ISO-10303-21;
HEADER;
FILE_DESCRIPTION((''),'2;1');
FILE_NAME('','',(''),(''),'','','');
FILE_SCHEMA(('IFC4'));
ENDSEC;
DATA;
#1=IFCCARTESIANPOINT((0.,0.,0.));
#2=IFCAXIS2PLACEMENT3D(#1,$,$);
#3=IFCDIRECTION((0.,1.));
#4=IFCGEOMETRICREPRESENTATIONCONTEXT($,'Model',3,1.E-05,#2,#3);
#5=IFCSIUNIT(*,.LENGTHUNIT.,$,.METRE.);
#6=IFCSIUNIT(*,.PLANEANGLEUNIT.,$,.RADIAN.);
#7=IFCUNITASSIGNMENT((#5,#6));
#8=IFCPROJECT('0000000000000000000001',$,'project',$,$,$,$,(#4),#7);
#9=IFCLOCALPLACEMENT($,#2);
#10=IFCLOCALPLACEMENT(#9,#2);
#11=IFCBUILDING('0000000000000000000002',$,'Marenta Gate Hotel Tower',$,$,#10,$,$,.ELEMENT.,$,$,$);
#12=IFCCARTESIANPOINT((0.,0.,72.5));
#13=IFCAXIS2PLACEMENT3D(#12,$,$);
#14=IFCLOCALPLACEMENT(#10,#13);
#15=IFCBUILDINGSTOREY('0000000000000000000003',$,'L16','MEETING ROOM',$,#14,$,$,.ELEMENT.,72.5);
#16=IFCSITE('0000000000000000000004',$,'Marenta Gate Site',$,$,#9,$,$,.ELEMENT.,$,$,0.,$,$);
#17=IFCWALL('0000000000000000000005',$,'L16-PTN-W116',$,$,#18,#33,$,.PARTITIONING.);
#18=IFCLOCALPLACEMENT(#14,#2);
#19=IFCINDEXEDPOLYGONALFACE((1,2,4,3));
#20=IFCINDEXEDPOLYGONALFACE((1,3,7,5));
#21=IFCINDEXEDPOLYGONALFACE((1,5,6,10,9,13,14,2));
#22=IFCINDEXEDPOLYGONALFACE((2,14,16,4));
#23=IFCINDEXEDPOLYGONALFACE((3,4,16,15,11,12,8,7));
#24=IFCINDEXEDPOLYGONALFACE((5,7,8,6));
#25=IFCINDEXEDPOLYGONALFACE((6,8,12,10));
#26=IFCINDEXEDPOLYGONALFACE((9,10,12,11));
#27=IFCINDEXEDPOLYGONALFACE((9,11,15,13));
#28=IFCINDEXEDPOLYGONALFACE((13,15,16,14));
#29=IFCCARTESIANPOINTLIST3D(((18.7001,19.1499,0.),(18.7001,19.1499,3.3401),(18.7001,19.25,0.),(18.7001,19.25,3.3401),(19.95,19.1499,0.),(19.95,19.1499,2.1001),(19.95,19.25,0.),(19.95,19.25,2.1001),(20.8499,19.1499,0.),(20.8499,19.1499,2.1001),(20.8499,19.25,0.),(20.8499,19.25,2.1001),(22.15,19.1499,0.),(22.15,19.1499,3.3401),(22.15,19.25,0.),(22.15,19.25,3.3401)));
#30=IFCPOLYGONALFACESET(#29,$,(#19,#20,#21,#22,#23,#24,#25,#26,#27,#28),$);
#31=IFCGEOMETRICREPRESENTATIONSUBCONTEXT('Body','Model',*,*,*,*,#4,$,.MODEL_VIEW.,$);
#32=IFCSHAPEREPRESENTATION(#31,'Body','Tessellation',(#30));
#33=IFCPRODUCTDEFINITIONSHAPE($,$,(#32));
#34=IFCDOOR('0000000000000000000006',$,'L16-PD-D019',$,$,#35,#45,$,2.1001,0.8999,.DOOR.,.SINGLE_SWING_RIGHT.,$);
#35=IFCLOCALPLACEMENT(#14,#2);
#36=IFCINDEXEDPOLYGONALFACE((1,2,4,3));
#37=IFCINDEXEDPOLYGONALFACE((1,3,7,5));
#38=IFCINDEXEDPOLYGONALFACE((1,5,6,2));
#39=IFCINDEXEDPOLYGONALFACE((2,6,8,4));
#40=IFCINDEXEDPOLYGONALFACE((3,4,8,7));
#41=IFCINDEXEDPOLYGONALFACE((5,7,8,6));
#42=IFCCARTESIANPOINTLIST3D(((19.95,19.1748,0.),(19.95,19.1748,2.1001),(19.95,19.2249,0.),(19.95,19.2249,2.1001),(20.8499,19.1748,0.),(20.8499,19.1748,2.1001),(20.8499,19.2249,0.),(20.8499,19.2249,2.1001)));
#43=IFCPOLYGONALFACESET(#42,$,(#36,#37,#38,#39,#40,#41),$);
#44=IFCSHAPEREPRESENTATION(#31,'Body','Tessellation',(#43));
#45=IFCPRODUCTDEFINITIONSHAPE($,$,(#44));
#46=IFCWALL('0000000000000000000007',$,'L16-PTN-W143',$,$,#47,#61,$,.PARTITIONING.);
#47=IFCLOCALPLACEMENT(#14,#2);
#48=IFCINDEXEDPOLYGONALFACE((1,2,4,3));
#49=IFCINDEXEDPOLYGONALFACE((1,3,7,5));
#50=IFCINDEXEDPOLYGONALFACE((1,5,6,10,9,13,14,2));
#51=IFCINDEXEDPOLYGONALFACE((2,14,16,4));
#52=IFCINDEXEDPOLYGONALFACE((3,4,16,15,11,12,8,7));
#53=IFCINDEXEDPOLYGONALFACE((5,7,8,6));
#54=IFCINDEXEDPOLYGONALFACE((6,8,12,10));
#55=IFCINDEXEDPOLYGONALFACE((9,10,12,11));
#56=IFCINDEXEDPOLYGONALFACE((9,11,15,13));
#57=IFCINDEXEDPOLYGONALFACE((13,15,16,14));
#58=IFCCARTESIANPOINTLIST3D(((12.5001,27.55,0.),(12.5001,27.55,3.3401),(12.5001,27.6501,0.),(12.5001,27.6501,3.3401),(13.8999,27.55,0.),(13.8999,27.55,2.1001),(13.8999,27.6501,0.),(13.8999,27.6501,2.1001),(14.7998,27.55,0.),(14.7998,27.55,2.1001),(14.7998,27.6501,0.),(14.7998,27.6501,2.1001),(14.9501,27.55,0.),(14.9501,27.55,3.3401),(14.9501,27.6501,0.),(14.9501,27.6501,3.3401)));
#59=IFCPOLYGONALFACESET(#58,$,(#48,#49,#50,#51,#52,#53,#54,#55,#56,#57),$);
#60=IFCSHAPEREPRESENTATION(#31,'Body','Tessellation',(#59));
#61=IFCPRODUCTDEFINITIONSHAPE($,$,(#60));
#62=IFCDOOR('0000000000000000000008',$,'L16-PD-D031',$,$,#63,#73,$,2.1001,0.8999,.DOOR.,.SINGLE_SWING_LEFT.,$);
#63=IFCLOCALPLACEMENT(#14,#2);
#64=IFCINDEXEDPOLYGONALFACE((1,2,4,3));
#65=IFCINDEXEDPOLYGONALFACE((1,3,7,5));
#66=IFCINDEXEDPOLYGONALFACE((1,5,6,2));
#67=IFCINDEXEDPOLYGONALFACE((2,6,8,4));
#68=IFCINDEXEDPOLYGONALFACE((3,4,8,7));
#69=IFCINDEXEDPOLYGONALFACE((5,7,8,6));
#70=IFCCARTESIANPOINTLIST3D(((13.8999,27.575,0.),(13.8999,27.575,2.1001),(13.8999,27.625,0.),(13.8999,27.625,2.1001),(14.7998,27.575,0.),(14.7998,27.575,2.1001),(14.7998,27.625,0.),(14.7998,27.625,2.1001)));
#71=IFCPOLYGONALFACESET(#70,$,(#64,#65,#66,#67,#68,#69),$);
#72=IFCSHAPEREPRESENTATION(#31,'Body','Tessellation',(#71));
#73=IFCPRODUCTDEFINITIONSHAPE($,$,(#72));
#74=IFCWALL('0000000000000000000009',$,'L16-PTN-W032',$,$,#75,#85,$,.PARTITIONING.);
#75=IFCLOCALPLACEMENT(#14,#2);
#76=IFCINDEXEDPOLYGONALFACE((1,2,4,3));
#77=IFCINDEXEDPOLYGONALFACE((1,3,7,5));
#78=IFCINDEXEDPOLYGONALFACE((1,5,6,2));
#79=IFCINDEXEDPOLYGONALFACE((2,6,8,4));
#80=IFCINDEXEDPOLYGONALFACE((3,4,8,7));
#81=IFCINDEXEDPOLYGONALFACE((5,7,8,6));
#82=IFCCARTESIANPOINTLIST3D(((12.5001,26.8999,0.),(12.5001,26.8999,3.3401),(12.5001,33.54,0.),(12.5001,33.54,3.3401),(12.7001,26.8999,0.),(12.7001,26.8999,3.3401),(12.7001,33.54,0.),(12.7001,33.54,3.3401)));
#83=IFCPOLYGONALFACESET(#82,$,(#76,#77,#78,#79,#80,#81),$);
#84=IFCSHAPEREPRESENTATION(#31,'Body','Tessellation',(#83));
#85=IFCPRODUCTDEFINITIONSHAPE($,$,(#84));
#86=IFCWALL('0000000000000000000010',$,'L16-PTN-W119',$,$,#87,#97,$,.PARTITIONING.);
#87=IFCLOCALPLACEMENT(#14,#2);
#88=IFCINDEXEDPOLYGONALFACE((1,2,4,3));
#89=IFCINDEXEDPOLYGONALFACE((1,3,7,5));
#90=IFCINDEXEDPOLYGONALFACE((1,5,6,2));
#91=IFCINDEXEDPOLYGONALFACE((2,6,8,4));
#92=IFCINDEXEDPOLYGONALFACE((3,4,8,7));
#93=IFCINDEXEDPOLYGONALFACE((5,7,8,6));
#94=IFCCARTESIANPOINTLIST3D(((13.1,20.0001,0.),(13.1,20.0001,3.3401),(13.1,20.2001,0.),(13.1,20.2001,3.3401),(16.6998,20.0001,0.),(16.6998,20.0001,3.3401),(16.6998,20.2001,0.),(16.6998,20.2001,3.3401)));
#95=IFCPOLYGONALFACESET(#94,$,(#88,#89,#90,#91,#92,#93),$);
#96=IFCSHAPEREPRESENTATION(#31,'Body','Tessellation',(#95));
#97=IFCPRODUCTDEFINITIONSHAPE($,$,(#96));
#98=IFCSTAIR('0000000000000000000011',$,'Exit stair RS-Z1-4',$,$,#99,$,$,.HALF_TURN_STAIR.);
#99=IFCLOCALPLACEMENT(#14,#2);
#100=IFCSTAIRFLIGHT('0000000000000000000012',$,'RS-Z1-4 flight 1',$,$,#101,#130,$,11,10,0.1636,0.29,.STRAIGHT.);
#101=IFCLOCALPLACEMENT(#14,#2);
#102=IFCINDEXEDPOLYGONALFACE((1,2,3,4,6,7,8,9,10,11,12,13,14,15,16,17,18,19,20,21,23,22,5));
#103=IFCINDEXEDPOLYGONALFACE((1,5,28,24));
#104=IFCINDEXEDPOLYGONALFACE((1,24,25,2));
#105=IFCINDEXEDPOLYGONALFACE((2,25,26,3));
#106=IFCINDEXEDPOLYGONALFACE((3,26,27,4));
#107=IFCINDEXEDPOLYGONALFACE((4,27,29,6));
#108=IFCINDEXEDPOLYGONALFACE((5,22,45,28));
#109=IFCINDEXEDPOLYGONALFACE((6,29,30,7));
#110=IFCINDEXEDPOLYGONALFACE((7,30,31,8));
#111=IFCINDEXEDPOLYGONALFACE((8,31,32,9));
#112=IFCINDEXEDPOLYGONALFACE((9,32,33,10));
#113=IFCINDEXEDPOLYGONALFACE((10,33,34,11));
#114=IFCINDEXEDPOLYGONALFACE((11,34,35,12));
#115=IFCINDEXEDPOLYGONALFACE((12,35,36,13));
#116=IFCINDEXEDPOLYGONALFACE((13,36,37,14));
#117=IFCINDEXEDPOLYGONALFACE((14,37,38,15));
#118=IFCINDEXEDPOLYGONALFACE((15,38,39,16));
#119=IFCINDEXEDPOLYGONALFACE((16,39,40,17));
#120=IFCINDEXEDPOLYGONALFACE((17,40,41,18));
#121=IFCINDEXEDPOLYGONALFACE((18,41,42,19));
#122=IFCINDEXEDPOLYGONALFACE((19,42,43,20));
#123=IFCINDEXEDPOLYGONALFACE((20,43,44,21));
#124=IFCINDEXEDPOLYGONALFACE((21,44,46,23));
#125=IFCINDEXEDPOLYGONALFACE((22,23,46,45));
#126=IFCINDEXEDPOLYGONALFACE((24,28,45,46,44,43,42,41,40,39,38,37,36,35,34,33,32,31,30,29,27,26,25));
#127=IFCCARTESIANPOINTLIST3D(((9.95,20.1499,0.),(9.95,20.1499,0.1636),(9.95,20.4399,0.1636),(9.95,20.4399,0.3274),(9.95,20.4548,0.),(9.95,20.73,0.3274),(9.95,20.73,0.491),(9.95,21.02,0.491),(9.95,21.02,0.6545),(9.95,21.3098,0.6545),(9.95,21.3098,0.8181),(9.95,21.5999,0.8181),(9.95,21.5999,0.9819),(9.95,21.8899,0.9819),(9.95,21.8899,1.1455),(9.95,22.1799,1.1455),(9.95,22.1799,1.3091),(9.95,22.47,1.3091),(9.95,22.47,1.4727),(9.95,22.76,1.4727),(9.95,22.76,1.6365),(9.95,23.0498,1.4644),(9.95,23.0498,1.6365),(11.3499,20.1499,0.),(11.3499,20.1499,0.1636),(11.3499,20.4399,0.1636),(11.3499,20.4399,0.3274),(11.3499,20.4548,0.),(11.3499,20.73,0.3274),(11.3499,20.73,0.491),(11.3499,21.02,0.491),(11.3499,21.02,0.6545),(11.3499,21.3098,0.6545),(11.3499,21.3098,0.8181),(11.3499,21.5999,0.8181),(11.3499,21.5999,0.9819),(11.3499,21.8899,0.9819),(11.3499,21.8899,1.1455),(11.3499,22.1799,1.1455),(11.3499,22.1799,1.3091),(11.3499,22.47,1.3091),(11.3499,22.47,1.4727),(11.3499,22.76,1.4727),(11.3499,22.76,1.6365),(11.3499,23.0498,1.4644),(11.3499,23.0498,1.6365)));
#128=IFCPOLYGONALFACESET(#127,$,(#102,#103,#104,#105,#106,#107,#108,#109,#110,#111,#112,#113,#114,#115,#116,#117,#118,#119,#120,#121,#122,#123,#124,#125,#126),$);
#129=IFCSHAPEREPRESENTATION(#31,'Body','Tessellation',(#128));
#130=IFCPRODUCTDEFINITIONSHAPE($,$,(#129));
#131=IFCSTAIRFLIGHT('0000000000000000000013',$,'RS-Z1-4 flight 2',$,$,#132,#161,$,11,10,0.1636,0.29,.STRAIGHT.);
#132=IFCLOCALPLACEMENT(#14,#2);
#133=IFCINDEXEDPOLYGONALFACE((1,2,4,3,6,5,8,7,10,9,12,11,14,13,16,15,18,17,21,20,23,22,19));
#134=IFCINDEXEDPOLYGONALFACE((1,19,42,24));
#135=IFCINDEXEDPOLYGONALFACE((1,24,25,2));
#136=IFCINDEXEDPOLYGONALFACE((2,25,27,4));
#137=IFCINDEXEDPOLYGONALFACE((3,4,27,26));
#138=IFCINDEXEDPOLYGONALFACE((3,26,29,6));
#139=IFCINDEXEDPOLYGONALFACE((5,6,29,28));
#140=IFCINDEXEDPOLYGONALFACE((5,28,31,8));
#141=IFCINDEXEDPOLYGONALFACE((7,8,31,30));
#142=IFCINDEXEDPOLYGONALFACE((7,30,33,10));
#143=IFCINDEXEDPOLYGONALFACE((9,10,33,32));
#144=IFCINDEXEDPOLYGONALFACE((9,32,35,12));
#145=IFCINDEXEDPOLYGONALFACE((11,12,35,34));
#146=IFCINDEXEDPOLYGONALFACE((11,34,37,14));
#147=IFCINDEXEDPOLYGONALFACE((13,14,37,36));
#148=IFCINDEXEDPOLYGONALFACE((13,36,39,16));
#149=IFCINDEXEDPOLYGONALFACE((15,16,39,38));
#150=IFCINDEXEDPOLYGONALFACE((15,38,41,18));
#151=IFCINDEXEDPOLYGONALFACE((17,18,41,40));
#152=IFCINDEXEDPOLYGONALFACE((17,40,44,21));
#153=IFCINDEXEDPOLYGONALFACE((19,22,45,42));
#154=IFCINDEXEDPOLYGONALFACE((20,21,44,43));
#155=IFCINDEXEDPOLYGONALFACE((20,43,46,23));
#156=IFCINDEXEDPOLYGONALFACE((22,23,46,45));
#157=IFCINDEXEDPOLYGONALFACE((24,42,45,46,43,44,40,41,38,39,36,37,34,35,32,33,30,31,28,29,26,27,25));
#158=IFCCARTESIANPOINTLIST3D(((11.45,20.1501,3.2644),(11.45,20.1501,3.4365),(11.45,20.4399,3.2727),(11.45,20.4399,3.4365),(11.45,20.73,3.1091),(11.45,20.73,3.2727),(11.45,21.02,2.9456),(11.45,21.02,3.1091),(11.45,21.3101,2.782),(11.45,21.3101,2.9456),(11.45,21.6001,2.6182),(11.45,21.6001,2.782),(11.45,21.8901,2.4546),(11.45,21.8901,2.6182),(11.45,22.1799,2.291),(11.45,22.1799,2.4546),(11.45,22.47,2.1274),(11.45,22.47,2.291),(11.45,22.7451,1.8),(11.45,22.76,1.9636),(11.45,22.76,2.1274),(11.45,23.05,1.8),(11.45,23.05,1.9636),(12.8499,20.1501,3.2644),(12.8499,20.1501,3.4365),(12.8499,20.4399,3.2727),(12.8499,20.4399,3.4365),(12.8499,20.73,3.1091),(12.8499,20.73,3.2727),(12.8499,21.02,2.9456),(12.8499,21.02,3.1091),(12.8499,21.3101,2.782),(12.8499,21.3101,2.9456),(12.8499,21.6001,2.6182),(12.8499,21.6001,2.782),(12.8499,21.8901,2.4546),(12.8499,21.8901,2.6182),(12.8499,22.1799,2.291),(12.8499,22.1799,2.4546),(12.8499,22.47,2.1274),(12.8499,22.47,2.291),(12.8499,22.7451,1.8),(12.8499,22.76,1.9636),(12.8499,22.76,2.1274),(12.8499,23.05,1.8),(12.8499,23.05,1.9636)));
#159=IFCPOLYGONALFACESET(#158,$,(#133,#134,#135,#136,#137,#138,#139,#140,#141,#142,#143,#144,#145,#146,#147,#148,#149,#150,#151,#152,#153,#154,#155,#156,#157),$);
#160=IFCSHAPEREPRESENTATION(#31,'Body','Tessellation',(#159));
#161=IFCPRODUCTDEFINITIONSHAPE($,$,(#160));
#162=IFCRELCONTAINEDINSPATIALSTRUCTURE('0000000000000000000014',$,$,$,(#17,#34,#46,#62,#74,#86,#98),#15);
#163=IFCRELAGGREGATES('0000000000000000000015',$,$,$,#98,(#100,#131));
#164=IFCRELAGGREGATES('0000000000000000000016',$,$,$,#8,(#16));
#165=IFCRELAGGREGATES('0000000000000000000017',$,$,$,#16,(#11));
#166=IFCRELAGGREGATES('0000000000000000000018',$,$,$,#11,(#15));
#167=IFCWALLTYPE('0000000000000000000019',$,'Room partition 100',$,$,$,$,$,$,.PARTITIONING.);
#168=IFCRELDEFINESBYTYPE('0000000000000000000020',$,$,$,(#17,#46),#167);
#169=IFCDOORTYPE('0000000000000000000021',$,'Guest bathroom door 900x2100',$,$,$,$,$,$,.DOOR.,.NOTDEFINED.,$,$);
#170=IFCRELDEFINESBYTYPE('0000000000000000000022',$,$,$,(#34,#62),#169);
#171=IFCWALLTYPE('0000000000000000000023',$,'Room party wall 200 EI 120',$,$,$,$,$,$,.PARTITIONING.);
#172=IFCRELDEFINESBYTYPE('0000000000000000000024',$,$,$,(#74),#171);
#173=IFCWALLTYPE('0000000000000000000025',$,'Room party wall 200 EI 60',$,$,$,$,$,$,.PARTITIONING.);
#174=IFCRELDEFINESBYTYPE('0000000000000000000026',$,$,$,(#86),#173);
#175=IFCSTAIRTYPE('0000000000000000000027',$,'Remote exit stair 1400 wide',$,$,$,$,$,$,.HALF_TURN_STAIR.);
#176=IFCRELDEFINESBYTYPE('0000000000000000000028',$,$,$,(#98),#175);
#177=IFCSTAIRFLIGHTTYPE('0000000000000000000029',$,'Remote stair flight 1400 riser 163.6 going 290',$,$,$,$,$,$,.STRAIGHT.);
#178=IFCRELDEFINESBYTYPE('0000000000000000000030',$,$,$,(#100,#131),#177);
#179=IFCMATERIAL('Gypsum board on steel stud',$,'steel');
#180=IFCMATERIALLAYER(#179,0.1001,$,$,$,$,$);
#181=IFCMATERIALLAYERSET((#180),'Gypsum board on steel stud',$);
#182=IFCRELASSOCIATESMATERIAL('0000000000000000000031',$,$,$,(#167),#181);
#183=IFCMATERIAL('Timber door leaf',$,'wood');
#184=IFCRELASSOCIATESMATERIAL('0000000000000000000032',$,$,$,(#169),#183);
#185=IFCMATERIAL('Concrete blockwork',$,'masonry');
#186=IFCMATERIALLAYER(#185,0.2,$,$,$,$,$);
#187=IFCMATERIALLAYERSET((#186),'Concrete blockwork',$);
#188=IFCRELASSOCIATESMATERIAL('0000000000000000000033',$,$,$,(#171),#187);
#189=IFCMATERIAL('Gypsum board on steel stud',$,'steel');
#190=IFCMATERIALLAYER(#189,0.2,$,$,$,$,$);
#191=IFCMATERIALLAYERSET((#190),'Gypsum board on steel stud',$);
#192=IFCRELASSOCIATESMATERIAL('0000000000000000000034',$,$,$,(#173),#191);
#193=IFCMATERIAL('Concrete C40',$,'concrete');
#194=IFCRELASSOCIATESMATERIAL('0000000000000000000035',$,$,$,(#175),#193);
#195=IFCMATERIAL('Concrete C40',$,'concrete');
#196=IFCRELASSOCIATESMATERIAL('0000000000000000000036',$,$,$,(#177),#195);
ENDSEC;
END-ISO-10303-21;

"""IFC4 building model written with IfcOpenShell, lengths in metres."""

from ifc_helpers import new_model, si_unit, direction, frame, frame_2d, origin, place, context, subcontext, project, spatial, polyline, rectangle, outline, extrude, material, layer, layer_set, type_object, element, fill, aggregate, save


model = new_model("IFC4")

# Units and contexts
model_context = context("Model", 3, precision=1e-05, world=origin(), true_north=direction((0.0, 1.0)))
body_context = subcontext(model_context, "Body", "Model", "MODEL_VIEW")
ifc_project = project(units=[si_unit("LENGTHUNIT", "METRE"), si_unit("PLANEANGLEUNIT", "RADIAN")], contexts=[model_context])

# Site, building, storey
site_placement = place(None, origin())
site = spatial("IfcSite", under=ifc_project, at=site_placement, Name="Marenta Gate Site", CompositionType="ELEMENT", RefElevation=0.0)
building_placement = place(site_placement, origin())
building = spatial("IfcBuilding", under=site, at=building_placement, Name="Marenta Gate Hotel Tower", CompositionType="ELEMENT")
storey_placement = place(building_placement, frame((0.0, 0.0, 72.5)))
storey = spatial("IfcBuildingStorey", under=building, at=storey_placement, Name="L16", Description="MEETING ROOM", CompositionType="ELEMENT", Elevation=72.5)

# Shared definitions
ifc_material_1 = material(Name="Gypsum board on steel stud", Category="steel")
ifc_layer_1 = layer(ifc_material_1, 0.1001)
ifc_layer_set_1 = layer_set([ifc_layer_1], Name="Gypsum board on steel stud")
wall_type_1 = type_object("IfcWallType", Name="Room partition 100", PredefinedType="PARTITIONING", material=ifc_layer_set_1)

# Walls, openings, doors
wall_1_placement = place(storey_placement, frame((18.7, 19.2, 0.0), z_axis=(0.0, 0.0, 1.0), x_axis=(1.0, 0.0, 0.0)))
wall_1 = element("IfcWall", 1, at=wall_1_placement, inside=storey, type_object=wall_type_1, Name="L16-PTN-W116", PredefinedType="PARTITIONING", context=body_context, shape_type="SweptSolid", body=[
    extrude(rectangle(XDim=3.45, YDim=0.1001, at=frame_2d((1.7251, 0.0))), origin(), (0.0, 0.0, 1.0), 3.3401),
])
opening_1_placement = place(wall_1_placement, frame((1.25, 0.0, 0.0)))
opening_1 = element("IfcOpeningElement", 2, at=opening_1_placement, cuts=wall_1, PredefinedType="OPENING", context=body_context, shape_type="SweptSolid", body=[
    extrude(rectangle(XDim=0.8999, YDim=2.1001, at=frame_2d((0.45, 1.05))), frame((0.0, 0.05, 0.0), z_axis=(0.0, -1.0, 0.0), x_axis=(1.0, 0.0, 0.0)), (0.0, 0.0, 1.0), 0.1001),
])
ifc_material_2 = material(Name="Timber door leaf", Category="wood")
door_type_1 = type_object("IfcDoorType", Name="Guest bathroom door 900x2100", OperationType="NOTDEFINED", PredefinedType="DOOR", material=ifc_material_2)
door_1_placement = place(opening_1_placement, origin())
door_1 = element("IfcDoor", 3, at=door_1_placement, inside=storey, type_object=door_type_1, Name="L16-PD-D019", OperationType="SINGLE_SWING_RIGHT", OverallHeight=2.1001, OverallWidth=0.8999, PredefinedType="DOOR", context=body_context, shape_type="SweptSolid", body=[
    extrude(rectangle(XDim=0.8999, YDim=2.1001, at=frame_2d((0.45, 1.05))), frame((0.0, 0.0249, 0.0), z_axis=(0.0, -1.0, 0.0), x_axis=(1.0, 0.0, 0.0)), (0.0, 0.0, 1.0), 0.05),
])
fill(opening_1, door_1)
wall_2_placement = place(storey_placement, frame((12.5, 27.6001, 0.0), z_axis=(0.0, 0.0, 1.0), x_axis=(1.0, 0.0, 0.0)))
wall_2 = element("IfcWall", 4, at=wall_2_placement, inside=storey, type_object=wall_type_1, Name="L16-PTN-W143", PredefinedType="PARTITIONING", context=body_context, shape_type="SweptSolid", body=[
    extrude(rectangle(XDim=2.45, YDim=0.1001, at=frame_2d((1.2251, 0.0))), origin(), (0.0, 0.0, 1.0), 3.3401),
])
opening_2_placement = place(wall_2_placement, frame((1.3999, 0.0, 0.0)))
opening_2 = element("IfcOpeningElement", 5, at=opening_2_placement, cuts=wall_2, PredefinedType="OPENING", context=body_context, shape_type="SweptSolid", body=[
    extrude(rectangle(XDim=0.8999, YDim=2.1001, at=frame_2d((0.45, 1.05))), frame((0.0, 0.05, 0.0), z_axis=(0.0, -1.0, 0.0), x_axis=(1.0, 0.0, 0.0)), (0.0, 0.0, 1.0), 0.1001),
])
door_2_placement = place(opening_2_placement, origin())
door_2 = element("IfcDoor", 6, at=door_2_placement, inside=storey, type_object=door_type_1, Name="L16-PD-D031", OperationType="SINGLE_SWING_LEFT", OverallHeight=2.1001, OverallWidth=0.8999, PredefinedType="DOOR", context=body_context, shape_type="SweptSolid", body=[
    extrude(rectangle(XDim=0.8999, YDim=2.1001, at=frame_2d((0.45, 1.05))), frame((0.0, 0.0249, 0.0), z_axis=(0.0, -1.0, 0.0), x_axis=(1.0, 0.0, 0.0)), (0.0, 0.0, 1.0), 0.05),
])
fill(opening_2, door_2)

# Walls
ifc_material_3 = material(Name="Concrete blockwork", Category="masonry")
ifc_layer_2 = layer(ifc_material_3, 0.2)
ifc_layer_set_2 = layer_set([ifc_layer_2], Name="Concrete blockwork")
wall_type_2 = type_object("IfcWallType", Name="Room party wall 200 EI 120", PredefinedType="PARTITIONING", material=ifc_layer_set_2)
wall_3_placement = place(storey_placement, frame((12.6001, 26.8999, 0.0), z_axis=(0.0, 0.0, 1.0), x_axis=(0.0, 1.0, 0.0)))
element("IfcWall", 7, at=wall_3_placement, inside=storey, type_object=wall_type_2, Name="L16-PTN-W032", PredefinedType="PARTITIONING", context=body_context, shape_type="SweptSolid", body=[
    extrude(rectangle(XDim=6.6401, YDim=0.2, at=frame_2d((3.3201, 0.0))), origin(), (0.0, 0.0, 1.0), 3.3401),
])
ifc_material_4 = material(Name="Gypsum board on steel stud", Category="steel")
ifc_layer_3 = layer(ifc_material_4, 0.2)
ifc_layer_set_3 = layer_set([ifc_layer_3], Name="Gypsum board on steel stud")
wall_type_3 = type_object("IfcWallType", Name="Room party wall 200 EI 60", PredefinedType="PARTITIONING", material=ifc_layer_set_3)
wall_4_placement = place(storey_placement, frame((13.1001, 20.1001, 0.0), z_axis=(0.0, 0.0, 1.0), x_axis=(1.0, 0.0, 0.0)))
element("IfcWall", 8, at=wall_4_placement, inside=storey, type_object=wall_type_3, Name="L16-PTN-W119", PredefinedType="PARTITIONING", context=body_context, shape_type="SweptSolid", body=[
    extrude(rectangle(XDim=3.5999, YDim=0.2, at=frame_2d((1.7998, 0.0))), origin(), (0.0, 0.0, 1.0), 3.3401),
])

# Stair, stair flights
ifc_material_5 = material(Name="Concrete C40", Category="concrete")
stair_type = type_object("IfcStairType", Name="Remote exit stair 1400 wide", PredefinedType="HALF_TURN_STAIR", material=ifc_material_5)
stair_placement = place(storey_placement, origin())
stair = element("IfcStair", 9, at=stair_placement, inside=storey, type_object=stair_type, Name="Exit stair RS-Z1-4", PredefinedType="HALF_TURN_STAIR")
ifc_material_6 = material(Name="Concrete C40", Category="concrete")
stair_flight_type = type_object("IfcStairFlightType", Name="Remote stair flight 1400 riser 163.6 going 290", PredefinedType="STRAIGHT", material=ifc_material_6)
stair_flight_1_placement = place(storey_placement, frame((10.6499, 20.1499, 0.0), z_axis=(0.0, 0.0, 1.0), x_axis=(0.0, 1.0, 0.0)))
stair_flight_1 = element("IfcStairFlight", 10, at=stair_flight_1_placement, type_object=stair_flight_type, Name="RS-Z1-4 flight 1", NumberOfRisers=11, NumberOfTreads=10, PredefinedType="STRAIGHT", RiserHeight=0.1636, TreadLength=0.29, context=body_context, shape_type="SweptSolid", body=[
    extrude(outline(polyline([(0.0, 0.0), (0.0, 0.1636), (0.29, 0.1636), (0.29, 0.3274), (0.5801, 0.3274), (0.5801, 0.491), (0.8701, 0.491), (0.8701, 0.6545), (1.1599, 0.6545), (1.1599, 0.8181), (1.45, 0.8181), (1.45, 0.9819), (1.74, 0.9819), (1.74, 1.1455), (2.03, 1.1455), (2.03, 1.3091), (2.3201, 1.3091), (2.3201, 1.4727), (2.6101, 1.4727), (2.6101, 1.6365), (2.8999, 1.6365), (2.8999, 1.8), (2.8999, 1.4644), (0.3049, 0.0), (0.0, 0.0)])), frame((0.0, 0.7, 0.0), z_axis=(0.0, -1.0, 0.0), x_axis=(1.0, 0.0, 0.0)), (0.0, 0.0, 1.0), 1.3999),
])
stair_flight_2_placement = place(storey_placement, frame((12.1499, 23.05, 1.8), z_axis=(0.0, 0.0, 1.0), x_axis=(0.0, -1.0, 0.0)))
stair_flight_2 = element("IfcStairFlight", 11, at=stair_flight_2_placement, type_object=stair_flight_type, Name="RS-Z1-4 flight 2", NumberOfRisers=11, NumberOfTreads=10, PredefinedType="STRAIGHT", RiserHeight=0.1636, TreadLength=0.29, context=body_context, shape_type="SweptSolid", body=[
    extrude(outline(polyline([(0.0, 0.0), (0.0, 0.1636), (0.29, 0.1636), (0.29, 0.3274), (0.5801, 0.3274), (0.5801, 0.491), (0.8701, 0.491), (0.8701, 0.6545), (1.1599, 0.6545), (1.1599, 0.8181), (1.45, 0.8181), (1.45, 0.9819), (1.74, 0.9819), (1.74, 1.1455), (2.03, 1.1455), (2.03, 1.3091), (2.3201, 1.3091), (2.3201, 1.4727), (2.6101, 1.4727), (2.6101, 1.6365), (2.8999, 1.6365), (2.8999, 1.8), (2.8999, 1.4644), (0.3049, 0.0), (0.0, 0.0)])), frame((0.0, 0.7, 0.0), z_axis=(0.0, -1.0, 0.0), x_axis=(1.0, 0.0, 0.0)), (0.0, 0.0, 1.0), 1.3999),
])
aggregate(stair, [stair_flight_1, stair_flight_2])

save(model, "model.ifc")
